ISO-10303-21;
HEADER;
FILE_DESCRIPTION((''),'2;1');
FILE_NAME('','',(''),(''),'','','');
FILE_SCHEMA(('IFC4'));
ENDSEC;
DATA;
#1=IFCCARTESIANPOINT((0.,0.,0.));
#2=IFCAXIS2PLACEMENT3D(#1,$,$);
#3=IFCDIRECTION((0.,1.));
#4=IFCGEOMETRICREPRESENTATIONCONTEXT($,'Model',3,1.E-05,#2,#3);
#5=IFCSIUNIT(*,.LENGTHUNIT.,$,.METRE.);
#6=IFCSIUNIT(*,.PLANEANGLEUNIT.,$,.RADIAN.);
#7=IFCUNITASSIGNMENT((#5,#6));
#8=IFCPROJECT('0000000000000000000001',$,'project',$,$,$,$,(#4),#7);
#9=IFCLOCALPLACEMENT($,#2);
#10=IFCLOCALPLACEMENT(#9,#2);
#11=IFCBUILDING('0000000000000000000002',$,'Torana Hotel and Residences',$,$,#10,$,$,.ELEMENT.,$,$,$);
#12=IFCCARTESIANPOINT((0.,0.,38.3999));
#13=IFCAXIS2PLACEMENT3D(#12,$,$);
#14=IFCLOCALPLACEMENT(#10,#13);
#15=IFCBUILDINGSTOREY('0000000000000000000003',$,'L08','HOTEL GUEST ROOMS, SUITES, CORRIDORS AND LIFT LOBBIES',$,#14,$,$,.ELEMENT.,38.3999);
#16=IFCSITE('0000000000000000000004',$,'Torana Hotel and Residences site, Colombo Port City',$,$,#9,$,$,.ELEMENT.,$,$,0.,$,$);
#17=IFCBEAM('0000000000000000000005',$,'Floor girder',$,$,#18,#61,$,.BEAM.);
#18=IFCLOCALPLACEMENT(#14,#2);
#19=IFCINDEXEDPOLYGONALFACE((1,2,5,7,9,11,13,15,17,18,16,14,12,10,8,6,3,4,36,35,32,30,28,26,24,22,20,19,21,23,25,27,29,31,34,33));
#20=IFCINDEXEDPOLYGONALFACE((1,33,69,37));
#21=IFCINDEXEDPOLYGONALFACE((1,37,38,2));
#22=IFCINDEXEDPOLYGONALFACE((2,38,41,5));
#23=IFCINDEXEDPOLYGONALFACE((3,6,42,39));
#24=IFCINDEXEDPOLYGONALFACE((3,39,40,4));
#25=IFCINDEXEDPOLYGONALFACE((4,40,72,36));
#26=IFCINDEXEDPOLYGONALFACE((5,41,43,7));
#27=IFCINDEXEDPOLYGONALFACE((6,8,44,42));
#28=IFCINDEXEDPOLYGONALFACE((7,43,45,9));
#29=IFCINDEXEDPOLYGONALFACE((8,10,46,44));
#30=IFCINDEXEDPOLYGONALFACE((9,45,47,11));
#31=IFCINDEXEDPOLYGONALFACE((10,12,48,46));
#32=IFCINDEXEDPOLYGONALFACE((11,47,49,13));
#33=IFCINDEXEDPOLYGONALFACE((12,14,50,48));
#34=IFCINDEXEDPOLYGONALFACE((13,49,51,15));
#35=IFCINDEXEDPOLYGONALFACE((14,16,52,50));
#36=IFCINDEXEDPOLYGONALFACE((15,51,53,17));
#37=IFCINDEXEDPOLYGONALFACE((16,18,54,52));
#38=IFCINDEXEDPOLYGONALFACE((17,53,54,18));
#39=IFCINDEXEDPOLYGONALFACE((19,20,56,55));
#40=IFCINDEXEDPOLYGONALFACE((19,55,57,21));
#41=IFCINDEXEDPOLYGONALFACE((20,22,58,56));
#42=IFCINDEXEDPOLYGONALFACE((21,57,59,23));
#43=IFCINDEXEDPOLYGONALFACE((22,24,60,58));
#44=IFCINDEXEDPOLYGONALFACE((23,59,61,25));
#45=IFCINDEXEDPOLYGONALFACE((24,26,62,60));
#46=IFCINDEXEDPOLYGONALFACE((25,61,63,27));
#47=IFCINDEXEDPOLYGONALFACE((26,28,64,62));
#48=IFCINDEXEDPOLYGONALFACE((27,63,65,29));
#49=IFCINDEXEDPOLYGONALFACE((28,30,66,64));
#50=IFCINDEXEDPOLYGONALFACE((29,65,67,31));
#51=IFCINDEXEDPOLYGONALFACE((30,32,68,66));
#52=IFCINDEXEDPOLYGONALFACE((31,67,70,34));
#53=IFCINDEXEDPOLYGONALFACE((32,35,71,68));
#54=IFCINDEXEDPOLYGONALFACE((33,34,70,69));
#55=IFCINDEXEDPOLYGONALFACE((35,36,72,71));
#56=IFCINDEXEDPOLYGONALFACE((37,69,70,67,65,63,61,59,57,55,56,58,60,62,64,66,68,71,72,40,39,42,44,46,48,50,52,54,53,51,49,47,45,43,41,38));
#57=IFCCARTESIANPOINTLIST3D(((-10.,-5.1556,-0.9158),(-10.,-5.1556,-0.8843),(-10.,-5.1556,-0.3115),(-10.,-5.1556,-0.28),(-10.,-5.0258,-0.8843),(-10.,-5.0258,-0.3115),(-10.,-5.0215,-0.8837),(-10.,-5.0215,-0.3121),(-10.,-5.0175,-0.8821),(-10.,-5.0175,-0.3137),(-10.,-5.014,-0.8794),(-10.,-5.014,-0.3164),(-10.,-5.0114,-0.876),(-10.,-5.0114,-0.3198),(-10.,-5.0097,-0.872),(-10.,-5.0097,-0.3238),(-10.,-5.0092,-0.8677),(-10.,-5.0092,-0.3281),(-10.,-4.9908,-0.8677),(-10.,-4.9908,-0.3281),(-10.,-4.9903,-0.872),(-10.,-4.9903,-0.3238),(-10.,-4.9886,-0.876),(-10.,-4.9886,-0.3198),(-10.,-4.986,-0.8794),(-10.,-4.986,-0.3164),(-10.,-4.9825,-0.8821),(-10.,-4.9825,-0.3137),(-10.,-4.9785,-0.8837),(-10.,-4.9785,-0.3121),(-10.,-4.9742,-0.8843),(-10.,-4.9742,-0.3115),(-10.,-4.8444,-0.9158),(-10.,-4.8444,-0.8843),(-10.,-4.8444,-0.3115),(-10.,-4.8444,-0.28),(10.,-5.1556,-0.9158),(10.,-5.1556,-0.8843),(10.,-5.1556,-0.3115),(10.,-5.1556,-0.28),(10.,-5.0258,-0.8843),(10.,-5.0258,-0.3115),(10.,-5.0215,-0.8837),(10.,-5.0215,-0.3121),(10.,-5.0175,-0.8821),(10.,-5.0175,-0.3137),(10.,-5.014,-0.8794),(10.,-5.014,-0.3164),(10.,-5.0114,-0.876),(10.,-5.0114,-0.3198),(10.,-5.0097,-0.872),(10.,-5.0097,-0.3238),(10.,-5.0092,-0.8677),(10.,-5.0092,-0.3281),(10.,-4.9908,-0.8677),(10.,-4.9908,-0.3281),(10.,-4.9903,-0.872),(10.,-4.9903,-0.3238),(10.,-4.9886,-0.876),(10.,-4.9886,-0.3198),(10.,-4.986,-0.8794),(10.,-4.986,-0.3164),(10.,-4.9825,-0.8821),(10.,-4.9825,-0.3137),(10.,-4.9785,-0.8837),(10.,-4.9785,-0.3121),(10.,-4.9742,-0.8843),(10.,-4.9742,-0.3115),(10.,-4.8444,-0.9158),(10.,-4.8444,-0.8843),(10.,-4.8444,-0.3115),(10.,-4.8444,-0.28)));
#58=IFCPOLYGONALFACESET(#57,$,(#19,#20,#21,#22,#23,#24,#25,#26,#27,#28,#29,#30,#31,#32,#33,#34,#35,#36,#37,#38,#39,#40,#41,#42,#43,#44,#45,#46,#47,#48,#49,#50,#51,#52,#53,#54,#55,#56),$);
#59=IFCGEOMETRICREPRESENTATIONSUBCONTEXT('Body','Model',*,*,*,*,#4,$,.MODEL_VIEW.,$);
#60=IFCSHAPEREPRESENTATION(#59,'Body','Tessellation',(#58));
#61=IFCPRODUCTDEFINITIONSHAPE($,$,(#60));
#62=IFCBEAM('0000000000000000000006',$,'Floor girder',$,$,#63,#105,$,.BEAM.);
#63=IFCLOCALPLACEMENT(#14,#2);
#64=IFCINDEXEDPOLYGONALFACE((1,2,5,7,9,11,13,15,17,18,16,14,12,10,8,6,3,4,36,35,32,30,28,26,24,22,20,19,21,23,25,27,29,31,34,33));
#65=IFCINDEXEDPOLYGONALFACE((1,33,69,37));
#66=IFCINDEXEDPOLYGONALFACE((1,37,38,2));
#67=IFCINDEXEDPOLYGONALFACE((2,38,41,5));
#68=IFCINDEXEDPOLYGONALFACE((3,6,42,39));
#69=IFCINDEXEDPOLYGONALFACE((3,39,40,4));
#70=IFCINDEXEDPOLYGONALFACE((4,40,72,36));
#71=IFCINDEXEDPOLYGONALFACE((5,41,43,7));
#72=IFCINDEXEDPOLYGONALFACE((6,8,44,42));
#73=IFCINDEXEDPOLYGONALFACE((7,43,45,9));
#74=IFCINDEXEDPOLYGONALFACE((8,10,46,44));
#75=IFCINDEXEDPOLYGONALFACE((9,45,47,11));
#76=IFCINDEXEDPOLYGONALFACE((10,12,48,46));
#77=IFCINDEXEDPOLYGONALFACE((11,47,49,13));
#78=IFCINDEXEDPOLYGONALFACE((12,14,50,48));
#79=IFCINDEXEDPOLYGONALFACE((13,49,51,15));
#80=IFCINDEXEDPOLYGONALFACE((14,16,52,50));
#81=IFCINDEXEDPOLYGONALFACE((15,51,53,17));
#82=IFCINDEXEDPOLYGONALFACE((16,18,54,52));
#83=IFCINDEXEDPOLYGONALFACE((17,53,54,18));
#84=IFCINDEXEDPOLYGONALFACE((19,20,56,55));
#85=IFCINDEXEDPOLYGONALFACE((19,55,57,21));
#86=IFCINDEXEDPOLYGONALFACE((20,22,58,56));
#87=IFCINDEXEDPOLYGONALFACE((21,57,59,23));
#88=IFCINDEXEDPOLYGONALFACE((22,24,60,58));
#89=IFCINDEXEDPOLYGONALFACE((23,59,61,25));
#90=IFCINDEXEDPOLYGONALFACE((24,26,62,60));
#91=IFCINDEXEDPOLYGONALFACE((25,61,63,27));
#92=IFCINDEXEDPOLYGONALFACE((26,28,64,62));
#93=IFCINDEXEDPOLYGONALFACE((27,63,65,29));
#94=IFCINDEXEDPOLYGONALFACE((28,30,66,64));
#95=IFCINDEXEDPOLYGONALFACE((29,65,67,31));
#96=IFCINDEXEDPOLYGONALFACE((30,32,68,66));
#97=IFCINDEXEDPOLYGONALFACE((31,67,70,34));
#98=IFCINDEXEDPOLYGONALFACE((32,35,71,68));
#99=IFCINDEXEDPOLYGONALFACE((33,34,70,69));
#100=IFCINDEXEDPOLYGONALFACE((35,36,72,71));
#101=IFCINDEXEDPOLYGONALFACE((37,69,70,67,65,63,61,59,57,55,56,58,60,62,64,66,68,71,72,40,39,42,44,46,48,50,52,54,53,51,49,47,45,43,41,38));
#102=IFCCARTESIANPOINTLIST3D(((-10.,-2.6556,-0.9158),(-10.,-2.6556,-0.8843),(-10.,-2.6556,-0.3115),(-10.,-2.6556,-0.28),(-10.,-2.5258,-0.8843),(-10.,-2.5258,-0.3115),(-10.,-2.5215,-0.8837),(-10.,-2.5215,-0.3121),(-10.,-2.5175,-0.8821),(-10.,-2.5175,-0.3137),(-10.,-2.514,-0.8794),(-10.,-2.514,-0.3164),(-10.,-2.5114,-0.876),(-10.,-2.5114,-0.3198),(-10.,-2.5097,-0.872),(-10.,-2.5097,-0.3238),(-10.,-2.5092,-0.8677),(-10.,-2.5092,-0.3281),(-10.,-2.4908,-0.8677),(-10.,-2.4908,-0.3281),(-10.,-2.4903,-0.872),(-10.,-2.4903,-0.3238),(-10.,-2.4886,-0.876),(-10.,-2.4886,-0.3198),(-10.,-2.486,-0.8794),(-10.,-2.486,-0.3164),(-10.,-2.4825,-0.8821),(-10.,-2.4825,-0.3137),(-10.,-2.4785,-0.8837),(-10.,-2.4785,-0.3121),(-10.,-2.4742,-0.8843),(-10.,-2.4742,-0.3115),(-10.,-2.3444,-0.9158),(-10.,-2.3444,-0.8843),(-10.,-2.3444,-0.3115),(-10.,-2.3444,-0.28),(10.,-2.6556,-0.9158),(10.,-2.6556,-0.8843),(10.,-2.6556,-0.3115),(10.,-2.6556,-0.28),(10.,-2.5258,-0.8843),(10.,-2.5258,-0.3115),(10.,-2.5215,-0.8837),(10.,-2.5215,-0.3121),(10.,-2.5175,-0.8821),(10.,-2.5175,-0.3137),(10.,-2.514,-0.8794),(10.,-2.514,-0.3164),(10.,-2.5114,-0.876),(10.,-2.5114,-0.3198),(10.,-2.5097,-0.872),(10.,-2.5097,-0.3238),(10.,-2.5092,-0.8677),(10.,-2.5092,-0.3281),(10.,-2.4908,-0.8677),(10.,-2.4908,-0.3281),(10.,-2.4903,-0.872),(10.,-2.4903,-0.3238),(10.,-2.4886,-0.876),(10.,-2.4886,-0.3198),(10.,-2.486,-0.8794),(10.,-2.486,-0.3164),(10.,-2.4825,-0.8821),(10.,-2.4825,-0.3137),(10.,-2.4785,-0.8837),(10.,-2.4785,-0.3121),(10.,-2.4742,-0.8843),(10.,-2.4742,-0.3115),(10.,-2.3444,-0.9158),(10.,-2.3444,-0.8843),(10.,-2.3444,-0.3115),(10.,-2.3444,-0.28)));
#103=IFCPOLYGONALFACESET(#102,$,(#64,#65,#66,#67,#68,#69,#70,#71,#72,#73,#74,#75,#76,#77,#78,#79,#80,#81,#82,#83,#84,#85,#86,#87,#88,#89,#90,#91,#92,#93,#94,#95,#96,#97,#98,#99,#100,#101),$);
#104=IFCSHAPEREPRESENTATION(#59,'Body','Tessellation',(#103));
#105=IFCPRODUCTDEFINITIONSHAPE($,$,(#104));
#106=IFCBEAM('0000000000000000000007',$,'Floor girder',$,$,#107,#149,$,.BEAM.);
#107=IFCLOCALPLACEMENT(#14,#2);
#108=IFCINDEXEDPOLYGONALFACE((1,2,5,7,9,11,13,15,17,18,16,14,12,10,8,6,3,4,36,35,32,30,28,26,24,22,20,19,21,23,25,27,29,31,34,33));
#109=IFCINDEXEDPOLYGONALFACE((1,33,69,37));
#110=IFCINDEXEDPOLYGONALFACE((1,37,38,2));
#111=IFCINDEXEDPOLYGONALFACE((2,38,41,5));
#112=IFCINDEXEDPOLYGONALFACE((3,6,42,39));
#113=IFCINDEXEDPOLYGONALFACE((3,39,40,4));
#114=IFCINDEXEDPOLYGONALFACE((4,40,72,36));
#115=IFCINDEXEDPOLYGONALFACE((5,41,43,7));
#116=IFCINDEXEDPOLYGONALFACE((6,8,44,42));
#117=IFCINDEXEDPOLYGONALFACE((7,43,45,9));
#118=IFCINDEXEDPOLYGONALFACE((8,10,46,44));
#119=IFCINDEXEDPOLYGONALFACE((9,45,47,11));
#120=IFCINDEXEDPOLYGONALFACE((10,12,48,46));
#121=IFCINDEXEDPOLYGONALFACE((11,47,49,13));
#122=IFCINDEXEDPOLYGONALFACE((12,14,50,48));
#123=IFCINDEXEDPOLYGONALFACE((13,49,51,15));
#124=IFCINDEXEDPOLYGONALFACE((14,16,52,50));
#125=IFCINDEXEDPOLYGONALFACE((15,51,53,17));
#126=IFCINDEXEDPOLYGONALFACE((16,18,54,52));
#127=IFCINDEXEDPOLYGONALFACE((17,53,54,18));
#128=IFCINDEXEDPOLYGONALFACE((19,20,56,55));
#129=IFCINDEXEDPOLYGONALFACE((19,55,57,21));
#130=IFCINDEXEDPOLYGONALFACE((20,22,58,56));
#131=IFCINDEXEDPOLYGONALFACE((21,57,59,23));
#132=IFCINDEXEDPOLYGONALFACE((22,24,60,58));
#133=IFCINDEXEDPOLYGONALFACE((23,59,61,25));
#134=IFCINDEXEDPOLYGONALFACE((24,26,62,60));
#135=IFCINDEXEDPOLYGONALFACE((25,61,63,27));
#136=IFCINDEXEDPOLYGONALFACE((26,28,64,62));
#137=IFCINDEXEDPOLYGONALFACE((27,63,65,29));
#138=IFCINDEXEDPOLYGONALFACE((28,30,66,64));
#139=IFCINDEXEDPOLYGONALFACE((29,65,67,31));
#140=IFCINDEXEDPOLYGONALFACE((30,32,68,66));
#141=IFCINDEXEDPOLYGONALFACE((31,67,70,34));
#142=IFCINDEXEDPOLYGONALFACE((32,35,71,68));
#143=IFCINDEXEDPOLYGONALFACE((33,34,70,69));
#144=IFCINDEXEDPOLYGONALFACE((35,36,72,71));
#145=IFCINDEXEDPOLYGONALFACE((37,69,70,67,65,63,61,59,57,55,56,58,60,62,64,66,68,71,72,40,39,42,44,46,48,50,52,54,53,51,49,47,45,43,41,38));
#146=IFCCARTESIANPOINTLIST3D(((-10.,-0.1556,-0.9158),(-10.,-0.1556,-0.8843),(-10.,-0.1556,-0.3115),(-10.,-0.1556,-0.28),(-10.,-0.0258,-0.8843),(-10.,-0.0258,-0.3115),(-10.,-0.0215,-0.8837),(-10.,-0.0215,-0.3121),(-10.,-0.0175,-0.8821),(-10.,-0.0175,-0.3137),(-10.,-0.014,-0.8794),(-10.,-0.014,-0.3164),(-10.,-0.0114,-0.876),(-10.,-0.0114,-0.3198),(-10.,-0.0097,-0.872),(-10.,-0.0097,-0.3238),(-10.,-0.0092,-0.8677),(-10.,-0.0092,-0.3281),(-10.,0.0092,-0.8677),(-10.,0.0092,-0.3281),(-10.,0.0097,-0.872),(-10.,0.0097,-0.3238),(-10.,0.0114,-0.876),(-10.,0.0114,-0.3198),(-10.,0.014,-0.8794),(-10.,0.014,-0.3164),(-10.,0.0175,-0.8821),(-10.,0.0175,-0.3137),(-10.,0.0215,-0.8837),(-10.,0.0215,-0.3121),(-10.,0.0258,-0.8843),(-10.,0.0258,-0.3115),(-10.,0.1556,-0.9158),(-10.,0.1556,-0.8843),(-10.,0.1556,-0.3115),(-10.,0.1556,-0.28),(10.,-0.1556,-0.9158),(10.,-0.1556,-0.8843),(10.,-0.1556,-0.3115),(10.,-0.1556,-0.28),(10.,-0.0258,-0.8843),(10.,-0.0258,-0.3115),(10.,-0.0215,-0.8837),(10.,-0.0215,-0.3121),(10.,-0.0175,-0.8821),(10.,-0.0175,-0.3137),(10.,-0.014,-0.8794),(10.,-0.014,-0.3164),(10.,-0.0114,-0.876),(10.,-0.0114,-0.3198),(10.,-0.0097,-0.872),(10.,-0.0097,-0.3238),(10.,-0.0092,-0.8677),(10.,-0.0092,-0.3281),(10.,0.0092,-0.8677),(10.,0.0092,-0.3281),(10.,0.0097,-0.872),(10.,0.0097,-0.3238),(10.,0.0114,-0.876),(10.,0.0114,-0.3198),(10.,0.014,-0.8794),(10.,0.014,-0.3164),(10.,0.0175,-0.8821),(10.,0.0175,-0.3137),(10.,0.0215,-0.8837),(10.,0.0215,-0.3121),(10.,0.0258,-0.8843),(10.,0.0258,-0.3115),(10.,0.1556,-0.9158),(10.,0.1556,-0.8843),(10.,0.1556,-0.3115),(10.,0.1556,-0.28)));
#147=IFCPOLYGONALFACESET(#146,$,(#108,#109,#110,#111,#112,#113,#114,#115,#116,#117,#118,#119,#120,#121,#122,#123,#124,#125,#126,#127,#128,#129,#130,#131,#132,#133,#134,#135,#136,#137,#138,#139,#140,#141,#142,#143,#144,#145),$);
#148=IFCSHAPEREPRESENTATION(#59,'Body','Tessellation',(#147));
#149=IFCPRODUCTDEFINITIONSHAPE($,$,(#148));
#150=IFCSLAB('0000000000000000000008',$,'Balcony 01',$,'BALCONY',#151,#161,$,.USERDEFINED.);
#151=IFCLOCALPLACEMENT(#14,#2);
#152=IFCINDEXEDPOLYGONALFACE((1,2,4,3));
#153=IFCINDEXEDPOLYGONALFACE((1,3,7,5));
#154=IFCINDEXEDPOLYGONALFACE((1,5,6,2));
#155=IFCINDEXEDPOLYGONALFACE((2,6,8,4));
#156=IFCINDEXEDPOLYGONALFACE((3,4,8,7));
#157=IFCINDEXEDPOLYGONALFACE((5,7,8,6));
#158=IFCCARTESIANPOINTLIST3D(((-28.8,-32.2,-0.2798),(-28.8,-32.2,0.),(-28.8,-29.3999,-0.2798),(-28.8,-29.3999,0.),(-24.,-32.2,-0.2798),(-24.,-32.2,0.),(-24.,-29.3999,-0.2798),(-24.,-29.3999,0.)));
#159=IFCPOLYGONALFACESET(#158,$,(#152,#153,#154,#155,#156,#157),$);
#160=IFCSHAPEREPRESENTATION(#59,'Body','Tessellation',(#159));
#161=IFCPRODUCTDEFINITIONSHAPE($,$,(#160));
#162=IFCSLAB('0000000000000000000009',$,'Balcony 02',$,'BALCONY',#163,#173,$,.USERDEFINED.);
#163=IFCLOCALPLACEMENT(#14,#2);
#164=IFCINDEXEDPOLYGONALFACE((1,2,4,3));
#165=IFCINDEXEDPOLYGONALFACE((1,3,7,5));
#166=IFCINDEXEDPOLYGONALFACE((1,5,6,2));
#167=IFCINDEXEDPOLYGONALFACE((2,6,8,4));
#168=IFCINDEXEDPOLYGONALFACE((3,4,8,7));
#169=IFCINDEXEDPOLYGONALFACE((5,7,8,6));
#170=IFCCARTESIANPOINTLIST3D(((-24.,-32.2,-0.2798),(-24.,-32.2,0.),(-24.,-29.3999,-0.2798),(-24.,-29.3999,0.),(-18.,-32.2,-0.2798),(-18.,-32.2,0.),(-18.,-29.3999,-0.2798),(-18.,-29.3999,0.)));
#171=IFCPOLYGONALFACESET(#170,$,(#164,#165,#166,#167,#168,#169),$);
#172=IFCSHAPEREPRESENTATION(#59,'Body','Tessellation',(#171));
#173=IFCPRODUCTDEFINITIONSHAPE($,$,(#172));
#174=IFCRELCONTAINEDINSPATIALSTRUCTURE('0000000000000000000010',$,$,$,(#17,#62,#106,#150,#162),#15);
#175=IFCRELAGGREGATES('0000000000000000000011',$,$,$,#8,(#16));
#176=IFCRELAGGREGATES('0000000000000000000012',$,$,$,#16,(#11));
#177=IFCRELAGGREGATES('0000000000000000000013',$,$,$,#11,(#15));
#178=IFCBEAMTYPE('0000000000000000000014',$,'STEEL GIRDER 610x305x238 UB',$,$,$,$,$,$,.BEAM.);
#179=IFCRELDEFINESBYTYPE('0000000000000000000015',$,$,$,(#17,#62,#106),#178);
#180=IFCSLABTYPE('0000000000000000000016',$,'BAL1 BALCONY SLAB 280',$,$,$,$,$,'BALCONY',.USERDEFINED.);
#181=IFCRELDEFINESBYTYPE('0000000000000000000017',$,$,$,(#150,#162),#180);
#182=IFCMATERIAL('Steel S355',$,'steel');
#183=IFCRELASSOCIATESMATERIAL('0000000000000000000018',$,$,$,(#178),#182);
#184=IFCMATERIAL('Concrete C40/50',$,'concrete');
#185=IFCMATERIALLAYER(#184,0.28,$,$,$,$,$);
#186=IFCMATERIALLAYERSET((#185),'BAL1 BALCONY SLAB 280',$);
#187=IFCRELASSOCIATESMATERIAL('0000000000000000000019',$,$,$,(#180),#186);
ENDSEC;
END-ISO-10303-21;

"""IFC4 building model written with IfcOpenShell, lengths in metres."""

from ifc_helpers import new_model, si_unit, direction, frame, origin, origin_2d, place, context, subcontext, project, spatial, polyline, i_section, outline, extrude, material, layer, layer_set, material_profile, profile_set, type_object, element, save


model = new_model("IFC4")

# Units and contexts
model_context = context("Model", 3, precision=1e-05, world=origin(), true_north=direction((0.0, 1.0)))
body_context = subcontext(model_context, "Body", "Model", "MODEL_VIEW")
ifc_project = project(units=[si_unit("LENGTHUNIT", "METRE"), si_unit("PLANEANGLEUNIT", "RADIAN")], contexts=[model_context])

# Site, building, storey
site_placement = place(None, origin())
site = spatial("IfcSite", under=ifc_project, at=site_placement, Name="Torana Hotel and Residences site, Colombo Port City", CompositionType="ELEMENT", RefElevation=0.0)
building_placement = place(site_placement, origin())
building = spatial("IfcBuilding", under=site, at=building_placement, Name="Torana Hotel and Residences", CompositionType="ELEMENT")
storey_placement = place(building_placement, frame((0.0, 0.0, 38.3999)))
storey = spatial("IfcBuildingStorey", under=building, at=storey_placement, Name="L08", Description="HOTEL GUEST ROOMS, SUITES, CORRIDORS AND LIFT LOBBIES", CompositionType="ELEMENT", Elevation=38.3999)

# Beams
ifc_material_1 = material(Name="Steel S355", Category="steel")
ifc_material_profile = material_profile(ifc_material_1, i_section(OverallWidth=0.3113, OverallDepth=0.6357, WebThickness=0.0183, FlangeThickness=0.0315, FilletRadius=0.0166, at=origin_2d()), Name="610x305x238 UB")
ifc_profile_set = profile_set([ifc_material_profile], Name="Steel S355")
beam_type = type_object("IfcBeamType", Name="STEEL GIRDER 610x305x238 UB", PredefinedType="BEAM", material=ifc_profile_set)
for number, where, z_axis, x_axis, name in (
    (1, (-10.0, -5.0, -0.5979), (1.0, 0.0, 0.0), (0.0, 1.0, 0.0), "Floor girder"),
    (2, (-10.0, -2.5, -0.5979), (1.0, 0.0, 0.0), (0.0, 1.0, 0.0), "Floor girder"),
    (3, (-10.0, 0.0, -0.5979), (1.0, 0.0, 0.0), (0.0, 1.0, 0.0), "Floor girder"),
):
    element("IfcBeam", number, at=place(storey_placement, frame(where, z_axis=z_axis, x_axis=x_axis)), inside=storey, type_object=beam_type, Name=name, PredefinedType="BEAM", context=body_context, shape_type="SweptSolid", body=[
        extrude(i_section(OverallWidth=0.3113, OverallDepth=0.6357, WebThickness=0.0183, FlangeThickness=0.0315, FilletRadius=0.0166, at=origin_2d()), origin(), (0.0, 0.0, 1.0), 20.0),
    ])

# Slabs
ifc_material_2 = material(Name="Concrete C40/50", Category="concrete")
ifc_layer_1 = layer(ifc_material_2, 0.28)
ifc_layer_set_1 = layer_set([ifc_layer_1], Name="BAL1 BALCONY SLAB 280")
slab_type_1 = type_object("IfcSlabType", Name="BAL1 BALCONY SLAB 280", ElementType="BALCONY", PredefinedType="USERDEFINED", material=ifc_layer_set_1)
slab_1_placement = place(storey_placement, frame((0.0, 0.0, -0.2798)))
element("IfcSlab", 4, at=slab_1_placement, inside=storey, type_object=slab_type_1, Name="Balcony 01", ObjectType="BALCONY", PredefinedType="USERDEFINED", context=body_context, shape_type="SweptSolid", body=[
    extrude(outline(polyline([(-28.8, -32.2), (-24.0, -32.2), (-24.0, -29.3999), (-28.8, -29.3999), (-28.8, -32.2)])), origin(), (0.0, 0.0, 1.0), 0.2798),
])
slab_2_placement = place(storey_placement, frame((0.0, 0.0, -0.2798)))
element("IfcSlab", 5, at=slab_2_placement, inside=storey, type_object=slab_type_1, Name="Balcony 02", ObjectType="BALCONY", PredefinedType="USERDEFINED", context=body_context, shape_type="SweptSolid", body=[
    extrude(outline(polyline([(-24.0, -32.2), (-18.0, -32.2), (-18.0, -29.3999), (-24.0, -29.3999), (-24.0, -32.2)])), origin(), (0.0, 0.0, 1.0), 0.2798),
])

save(model, "model.ifc")
